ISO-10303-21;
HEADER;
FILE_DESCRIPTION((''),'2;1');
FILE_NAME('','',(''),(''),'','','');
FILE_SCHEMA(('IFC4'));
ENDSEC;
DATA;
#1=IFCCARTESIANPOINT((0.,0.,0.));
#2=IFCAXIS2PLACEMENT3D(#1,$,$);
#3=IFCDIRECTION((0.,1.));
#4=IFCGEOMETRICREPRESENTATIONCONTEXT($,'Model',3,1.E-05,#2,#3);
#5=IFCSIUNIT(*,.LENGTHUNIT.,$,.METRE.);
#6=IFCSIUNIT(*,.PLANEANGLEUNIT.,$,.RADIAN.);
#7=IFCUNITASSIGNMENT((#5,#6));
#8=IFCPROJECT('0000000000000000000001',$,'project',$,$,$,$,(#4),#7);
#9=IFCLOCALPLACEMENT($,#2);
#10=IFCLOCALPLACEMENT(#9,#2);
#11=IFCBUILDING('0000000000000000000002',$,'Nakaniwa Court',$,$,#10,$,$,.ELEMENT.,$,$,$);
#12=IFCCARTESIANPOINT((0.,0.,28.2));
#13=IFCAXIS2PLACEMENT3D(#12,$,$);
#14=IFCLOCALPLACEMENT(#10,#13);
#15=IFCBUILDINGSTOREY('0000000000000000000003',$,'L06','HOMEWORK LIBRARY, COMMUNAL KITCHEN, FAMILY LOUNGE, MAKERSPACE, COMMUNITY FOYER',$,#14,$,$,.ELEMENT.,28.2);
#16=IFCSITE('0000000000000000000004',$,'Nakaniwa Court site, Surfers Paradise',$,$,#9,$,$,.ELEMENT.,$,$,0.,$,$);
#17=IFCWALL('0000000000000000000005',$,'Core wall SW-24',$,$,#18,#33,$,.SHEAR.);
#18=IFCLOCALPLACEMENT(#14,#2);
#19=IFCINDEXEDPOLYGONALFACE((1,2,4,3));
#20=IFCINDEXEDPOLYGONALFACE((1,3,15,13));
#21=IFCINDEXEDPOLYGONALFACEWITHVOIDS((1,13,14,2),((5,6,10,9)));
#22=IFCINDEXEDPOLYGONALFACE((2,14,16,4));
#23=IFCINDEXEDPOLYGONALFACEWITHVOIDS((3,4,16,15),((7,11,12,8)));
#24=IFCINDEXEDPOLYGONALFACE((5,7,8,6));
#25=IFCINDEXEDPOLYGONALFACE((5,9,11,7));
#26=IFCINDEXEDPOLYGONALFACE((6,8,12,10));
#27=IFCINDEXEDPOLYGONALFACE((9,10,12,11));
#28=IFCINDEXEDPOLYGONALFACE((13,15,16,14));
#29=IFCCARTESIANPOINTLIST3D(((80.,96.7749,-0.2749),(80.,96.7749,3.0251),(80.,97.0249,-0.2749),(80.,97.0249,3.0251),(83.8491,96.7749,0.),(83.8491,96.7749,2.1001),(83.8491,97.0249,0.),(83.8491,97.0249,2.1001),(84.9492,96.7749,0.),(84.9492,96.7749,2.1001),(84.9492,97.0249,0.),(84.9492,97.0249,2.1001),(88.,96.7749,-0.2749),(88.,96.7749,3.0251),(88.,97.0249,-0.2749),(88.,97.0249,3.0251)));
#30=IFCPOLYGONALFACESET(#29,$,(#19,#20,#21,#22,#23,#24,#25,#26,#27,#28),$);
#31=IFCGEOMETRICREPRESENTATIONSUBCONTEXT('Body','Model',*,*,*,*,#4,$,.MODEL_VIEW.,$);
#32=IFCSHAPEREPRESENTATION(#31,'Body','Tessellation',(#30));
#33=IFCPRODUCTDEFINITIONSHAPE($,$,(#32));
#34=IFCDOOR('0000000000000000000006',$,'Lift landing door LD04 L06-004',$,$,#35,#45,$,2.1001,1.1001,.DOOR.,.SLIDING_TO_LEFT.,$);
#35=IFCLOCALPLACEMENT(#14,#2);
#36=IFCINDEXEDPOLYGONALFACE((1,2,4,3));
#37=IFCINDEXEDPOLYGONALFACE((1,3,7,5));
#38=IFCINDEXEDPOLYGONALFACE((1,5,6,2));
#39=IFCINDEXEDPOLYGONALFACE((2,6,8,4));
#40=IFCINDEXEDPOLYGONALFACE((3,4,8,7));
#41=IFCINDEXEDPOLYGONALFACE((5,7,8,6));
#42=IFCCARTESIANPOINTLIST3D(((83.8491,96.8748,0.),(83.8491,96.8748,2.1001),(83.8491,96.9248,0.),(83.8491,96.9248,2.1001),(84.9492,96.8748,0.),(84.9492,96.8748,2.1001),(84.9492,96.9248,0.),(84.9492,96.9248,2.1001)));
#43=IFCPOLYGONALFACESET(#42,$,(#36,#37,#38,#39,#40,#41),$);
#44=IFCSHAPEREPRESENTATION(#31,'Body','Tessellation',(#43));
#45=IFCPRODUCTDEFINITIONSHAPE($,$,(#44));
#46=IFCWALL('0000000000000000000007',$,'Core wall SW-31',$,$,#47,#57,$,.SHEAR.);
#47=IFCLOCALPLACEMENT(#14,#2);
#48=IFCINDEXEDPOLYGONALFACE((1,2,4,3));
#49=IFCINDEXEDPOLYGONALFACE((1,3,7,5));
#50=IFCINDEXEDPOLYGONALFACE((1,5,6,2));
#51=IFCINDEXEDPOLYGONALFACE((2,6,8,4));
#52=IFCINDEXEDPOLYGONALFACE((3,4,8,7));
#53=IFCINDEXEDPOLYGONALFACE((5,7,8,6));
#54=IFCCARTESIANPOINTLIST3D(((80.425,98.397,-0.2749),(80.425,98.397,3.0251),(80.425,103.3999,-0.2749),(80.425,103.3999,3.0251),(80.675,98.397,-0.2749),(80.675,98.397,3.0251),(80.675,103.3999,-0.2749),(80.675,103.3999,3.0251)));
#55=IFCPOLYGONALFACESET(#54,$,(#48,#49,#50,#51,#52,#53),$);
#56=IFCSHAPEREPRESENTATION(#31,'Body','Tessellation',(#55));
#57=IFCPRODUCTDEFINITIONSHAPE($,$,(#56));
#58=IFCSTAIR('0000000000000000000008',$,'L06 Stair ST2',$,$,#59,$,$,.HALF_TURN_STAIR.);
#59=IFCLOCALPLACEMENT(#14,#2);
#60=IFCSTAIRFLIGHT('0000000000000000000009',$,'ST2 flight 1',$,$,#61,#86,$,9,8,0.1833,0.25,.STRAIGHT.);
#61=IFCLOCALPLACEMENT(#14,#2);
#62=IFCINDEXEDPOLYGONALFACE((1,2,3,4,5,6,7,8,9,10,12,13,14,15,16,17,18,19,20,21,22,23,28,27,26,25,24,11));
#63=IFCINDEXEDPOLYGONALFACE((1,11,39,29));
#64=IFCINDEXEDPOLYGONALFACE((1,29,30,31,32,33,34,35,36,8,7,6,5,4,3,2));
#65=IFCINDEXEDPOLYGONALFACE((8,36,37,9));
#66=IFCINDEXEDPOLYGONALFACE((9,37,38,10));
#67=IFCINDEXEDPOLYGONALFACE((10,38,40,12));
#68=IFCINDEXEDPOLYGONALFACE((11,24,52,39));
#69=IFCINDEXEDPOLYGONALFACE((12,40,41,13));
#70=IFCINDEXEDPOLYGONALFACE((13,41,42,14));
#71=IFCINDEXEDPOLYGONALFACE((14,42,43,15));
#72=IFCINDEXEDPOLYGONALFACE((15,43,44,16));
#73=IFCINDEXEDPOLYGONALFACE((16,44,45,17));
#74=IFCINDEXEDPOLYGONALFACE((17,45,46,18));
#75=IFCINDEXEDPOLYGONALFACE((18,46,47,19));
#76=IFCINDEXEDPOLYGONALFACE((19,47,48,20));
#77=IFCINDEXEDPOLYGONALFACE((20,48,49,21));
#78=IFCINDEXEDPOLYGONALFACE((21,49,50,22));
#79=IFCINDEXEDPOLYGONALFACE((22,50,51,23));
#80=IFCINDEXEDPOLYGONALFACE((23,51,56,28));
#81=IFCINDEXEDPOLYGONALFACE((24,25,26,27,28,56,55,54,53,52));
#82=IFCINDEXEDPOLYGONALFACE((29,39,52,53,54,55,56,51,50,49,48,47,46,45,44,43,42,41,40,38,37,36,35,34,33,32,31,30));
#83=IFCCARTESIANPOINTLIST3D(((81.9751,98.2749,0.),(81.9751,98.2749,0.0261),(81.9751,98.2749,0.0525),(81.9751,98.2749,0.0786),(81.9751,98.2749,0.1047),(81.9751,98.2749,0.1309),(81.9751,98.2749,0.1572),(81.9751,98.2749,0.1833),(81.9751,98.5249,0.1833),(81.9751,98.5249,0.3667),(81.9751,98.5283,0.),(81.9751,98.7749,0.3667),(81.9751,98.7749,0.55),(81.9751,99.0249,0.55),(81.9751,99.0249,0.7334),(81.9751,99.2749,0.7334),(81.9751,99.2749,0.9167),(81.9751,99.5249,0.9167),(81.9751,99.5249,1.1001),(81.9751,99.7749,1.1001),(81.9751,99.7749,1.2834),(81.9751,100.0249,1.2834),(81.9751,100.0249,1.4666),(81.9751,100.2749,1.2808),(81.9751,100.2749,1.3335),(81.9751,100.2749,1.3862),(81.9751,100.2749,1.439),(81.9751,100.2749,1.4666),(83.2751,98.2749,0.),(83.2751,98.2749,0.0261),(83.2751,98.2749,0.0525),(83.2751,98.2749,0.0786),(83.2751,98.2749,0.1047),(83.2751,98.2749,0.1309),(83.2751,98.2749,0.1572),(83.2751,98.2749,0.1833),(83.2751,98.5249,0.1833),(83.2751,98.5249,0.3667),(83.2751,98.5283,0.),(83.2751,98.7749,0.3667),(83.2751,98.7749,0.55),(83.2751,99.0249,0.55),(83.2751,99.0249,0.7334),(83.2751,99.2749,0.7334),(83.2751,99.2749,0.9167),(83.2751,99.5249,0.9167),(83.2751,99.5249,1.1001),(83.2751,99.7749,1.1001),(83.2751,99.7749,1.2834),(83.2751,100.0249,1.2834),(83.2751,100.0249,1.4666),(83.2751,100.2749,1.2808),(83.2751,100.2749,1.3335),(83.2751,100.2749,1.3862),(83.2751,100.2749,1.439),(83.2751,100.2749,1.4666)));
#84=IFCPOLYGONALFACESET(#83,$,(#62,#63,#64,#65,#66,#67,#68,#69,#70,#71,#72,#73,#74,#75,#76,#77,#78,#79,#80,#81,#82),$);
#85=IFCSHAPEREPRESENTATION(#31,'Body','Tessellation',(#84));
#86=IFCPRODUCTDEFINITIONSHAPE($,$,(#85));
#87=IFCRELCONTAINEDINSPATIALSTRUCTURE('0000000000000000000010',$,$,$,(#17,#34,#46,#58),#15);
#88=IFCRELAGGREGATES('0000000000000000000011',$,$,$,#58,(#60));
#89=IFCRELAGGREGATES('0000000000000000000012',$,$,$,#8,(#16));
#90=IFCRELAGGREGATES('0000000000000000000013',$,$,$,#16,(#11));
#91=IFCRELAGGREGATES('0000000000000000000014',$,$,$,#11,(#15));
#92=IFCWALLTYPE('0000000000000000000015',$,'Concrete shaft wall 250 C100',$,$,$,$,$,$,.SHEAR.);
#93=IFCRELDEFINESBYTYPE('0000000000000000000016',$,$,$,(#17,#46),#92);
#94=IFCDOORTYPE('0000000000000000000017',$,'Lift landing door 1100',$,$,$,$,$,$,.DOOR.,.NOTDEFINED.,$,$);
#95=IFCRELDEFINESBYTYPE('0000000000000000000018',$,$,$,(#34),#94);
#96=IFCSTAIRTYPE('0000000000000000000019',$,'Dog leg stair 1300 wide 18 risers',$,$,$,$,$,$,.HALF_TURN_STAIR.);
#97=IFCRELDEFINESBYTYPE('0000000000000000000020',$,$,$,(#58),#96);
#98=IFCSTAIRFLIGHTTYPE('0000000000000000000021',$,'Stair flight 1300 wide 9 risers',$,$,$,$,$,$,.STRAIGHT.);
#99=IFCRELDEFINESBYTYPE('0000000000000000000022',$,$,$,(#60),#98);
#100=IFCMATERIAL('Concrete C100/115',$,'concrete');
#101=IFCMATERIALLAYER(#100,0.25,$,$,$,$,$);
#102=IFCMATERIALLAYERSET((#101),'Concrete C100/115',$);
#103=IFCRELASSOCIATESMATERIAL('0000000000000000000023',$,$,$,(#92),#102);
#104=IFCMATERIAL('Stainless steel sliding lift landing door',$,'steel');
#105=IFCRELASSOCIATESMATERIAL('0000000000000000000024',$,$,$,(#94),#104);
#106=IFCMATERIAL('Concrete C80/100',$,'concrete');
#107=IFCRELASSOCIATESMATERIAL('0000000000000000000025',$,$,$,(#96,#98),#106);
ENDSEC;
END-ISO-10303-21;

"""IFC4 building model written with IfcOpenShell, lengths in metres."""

from ifc_helpers import new_model, si_unit, direction, frame, frame_2d, origin, place, context, subcontext, project, spatial, polyline, rectangle, outline, extrude, material, layer, layer_set, type_object, element, fill, aggregate, save


model = new_model("IFC4")

# Units and contexts
model_context = context("Model", 3, precision=1e-05, world=origin(), true_north=direction((0.0, 1.0)))
body_context = subcontext(model_context, "Body", "Model", "MODEL_VIEW")
ifc_project = project(units=[si_unit("LENGTHUNIT", "METRE"), si_unit("PLANEANGLEUNIT", "RADIAN")], contexts=[model_context])

# Site, building, storey
site_placement = place(None, origin())
site = spatial("IfcSite", under=ifc_project, at=site_placement, Name="Nakaniwa Court site, Surfers Paradise", CompositionType="ELEMENT", RefElevation=0.0)
building_placement = place(site_placement, origin())
building = spatial("IfcBuilding", under=site, at=building_placement, Name="Nakaniwa Court", CompositionType="ELEMENT")
storey_placement = place(building_placement, frame((0.0, 0.0, 28.2)))
storey = spatial("IfcBuildingStorey", under=building, at=storey_placement, Name="L06", Description="HOMEWORK LIBRARY, COMMUNAL KITCHEN, FAMILY LOUNGE, MAKERSPACE, COMMUNITY FOYER", CompositionType="ELEMENT", Elevation=28.2)

# Shared definitions
ifc_material_1 = material(Name="Concrete C100/115", Category="concrete")
ifc_layer_1 = layer(ifc_material_1, 0.25)
ifc_layer_set_1 = layer_set([ifc_layer_1], Name="Concrete C100/115")
wall_type_1 = type_object("IfcWallType", Name="Concrete shaft wall 250 C100", PredefinedType="SHEAR", material=ifc_layer_set_1)

# Wall, opening, door
wall_1_placement = place(storey_placement, frame((80.0, 96.8999, -0.2749), z_axis=(0.0, 0.0, 1.0), x_axis=(1.0, 0.0, 0.0)))
wall_1 = element("IfcWall", 1, at=wall_1_placement, inside=storey, type_object=wall_type_1, Name="Core wall SW-24", PredefinedType="SHEAR", context=body_context, shape_type="SweptSolid", body=[
    extrude(rectangle(XDim=8.0, YDim=0.25, at=frame_2d((4.0, 0.0))), origin(), (0.0, 0.0, 1.0), 3.3),
])
opening_1_placement = place(wall_1_placement, frame((3.8491, 0.0, 0.2749)))
opening_1 = element("IfcOpeningElement", 2, at=opening_1_placement, cuts=wall_1, PredefinedType="OPENING", context=body_context, shape_type="SweptSolid", body=[
    extrude(rectangle(XDim=1.1001, YDim=2.1001, at=frame_2d((0.55, 1.05))), frame((0.0, 0.135, 0.0), z_axis=(0.0, -1.0, 0.0), x_axis=(1.0, 0.0, 0.0)), (0.0, 0.0, 1.0), 0.27),
])
ifc_material_2 = material(Name="Stainless steel sliding lift landing door", Category="steel")
door_type_1 = type_object("IfcDoorType", Name="Lift landing door 1100", OperationType="NOTDEFINED", PredefinedType="DOOR", material=ifc_material_2)
door_1_placement = place(opening_1_placement, origin())
door_1 = element("IfcDoor", 3, at=door_1_placement, inside=storey, type_object=door_type_1, Name="Lift landing door LD04 L06-004", OperationType="SLIDING_TO_LEFT", OverallHeight=2.1001, OverallWidth=1.1001, PredefinedType="DOOR", context=body_context, shape_type="SweptSolid", body=[
    extrude(rectangle(XDim=1.1001, YDim=2.1001, at=frame_2d((0.55, 1.05))), frame((0.0, 0.0249, 0.0), z_axis=(0.0, -1.0, 0.0), x_axis=(1.0, 0.0, 0.0)), (0.0, 0.0, 1.0), 0.05),
])
fill(opening_1, door_1)

# Wall
wall_2_placement = place(storey_placement, frame((80.55, 98.397, -0.2749), z_axis=(0.0, 0.0, 1.0), x_axis=(0.0, 1.0, 0.0)))
element("IfcWall", 4, at=wall_2_placement, inside=storey, type_object=wall_type_1, Name="Core wall SW-31", PredefinedType="SHEAR", context=body_context, shape_type="SweptSolid", body=[
    extrude(rectangle(XDim=5.0029, YDim=0.25, at=frame_2d((2.5015, 0.0))), origin(), (0.0, 0.0, 1.0), 3.3),
])

# Stair, stair flight
ifc_material_3 = material(Name="Concrete C80/100", Category="concrete")
stair_type = type_object("IfcStairType", Name="Dog leg stair 1300 wide 18 risers", PredefinedType="HALF_TURN_STAIR", material=ifc_material_3)
stair_placement = place(storey_placement, origin())
stair = element("IfcStair", 5, at=stair_placement, inside=storey, type_object=stair_type, Name="L06 Stair ST2", PredefinedType="HALF_TURN_STAIR")
stair_flight_type = type_object("IfcStairFlightType", Name="Stair flight 1300 wide 9 risers", PredefinedType="STRAIGHT", material=ifc_material_3)
stair_flight_placement = place(storey_placement, frame((82.625, 98.2749, 0.0), z_axis=(0.0, 0.0, 1.0), x_axis=(0.0, 1.0, 0.0)))
stair_flight = element("IfcStairFlight", 6, at=stair_flight_placement, type_object=stair_flight_type, Name="ST2 flight 1", NumberOfRisers=9, NumberOfTreads=8, PredefinedType="STRAIGHT", RiserHeight=0.1833, TreadLength=0.25, context=body_context, shape_type="SweptSolid", body=[
    extrude(outline(polyline([(0.0, 0.0), (0.0, 0.0261), (0.0, 0.0525), (0.0, 0.0786), (0.0, 0.1047), (0.0, 0.1309), (0.0, 0.1572), (0.0, 0.1833), (0.25, 0.1833), (0.25, 0.3667), (0.5, 0.3667), (0.5, 0.55), (0.75, 0.55), (0.75, 0.7334), (1.0, 0.7334), (1.0, 0.9167), (1.25, 0.9167), (1.25, 1.1001), (1.5, 1.1001), (1.5, 1.2834), (1.75, 1.2834), (1.75, 1.4666), (2.0, 1.4666), (2.0, 1.6499), (2.0, 1.5972), (2.0, 1.5444), (2.0, 1.4917), (2.0, 1.439), (2.0, 1.3862), (2.0, 1.3335), (2.0, 1.2808), (0.2534, 0.0), (0.0, 0.0)])), frame((0.0, 0.6499, 0.0), z_axis=(0.0, -1.0, 0.0), x_axis=(1.0, 0.0, 0.0)), (0.0, 0.0, 1.0), 1.3),
])
aggregate(stair, [stair_flight])

save(model, "model.ifc")
